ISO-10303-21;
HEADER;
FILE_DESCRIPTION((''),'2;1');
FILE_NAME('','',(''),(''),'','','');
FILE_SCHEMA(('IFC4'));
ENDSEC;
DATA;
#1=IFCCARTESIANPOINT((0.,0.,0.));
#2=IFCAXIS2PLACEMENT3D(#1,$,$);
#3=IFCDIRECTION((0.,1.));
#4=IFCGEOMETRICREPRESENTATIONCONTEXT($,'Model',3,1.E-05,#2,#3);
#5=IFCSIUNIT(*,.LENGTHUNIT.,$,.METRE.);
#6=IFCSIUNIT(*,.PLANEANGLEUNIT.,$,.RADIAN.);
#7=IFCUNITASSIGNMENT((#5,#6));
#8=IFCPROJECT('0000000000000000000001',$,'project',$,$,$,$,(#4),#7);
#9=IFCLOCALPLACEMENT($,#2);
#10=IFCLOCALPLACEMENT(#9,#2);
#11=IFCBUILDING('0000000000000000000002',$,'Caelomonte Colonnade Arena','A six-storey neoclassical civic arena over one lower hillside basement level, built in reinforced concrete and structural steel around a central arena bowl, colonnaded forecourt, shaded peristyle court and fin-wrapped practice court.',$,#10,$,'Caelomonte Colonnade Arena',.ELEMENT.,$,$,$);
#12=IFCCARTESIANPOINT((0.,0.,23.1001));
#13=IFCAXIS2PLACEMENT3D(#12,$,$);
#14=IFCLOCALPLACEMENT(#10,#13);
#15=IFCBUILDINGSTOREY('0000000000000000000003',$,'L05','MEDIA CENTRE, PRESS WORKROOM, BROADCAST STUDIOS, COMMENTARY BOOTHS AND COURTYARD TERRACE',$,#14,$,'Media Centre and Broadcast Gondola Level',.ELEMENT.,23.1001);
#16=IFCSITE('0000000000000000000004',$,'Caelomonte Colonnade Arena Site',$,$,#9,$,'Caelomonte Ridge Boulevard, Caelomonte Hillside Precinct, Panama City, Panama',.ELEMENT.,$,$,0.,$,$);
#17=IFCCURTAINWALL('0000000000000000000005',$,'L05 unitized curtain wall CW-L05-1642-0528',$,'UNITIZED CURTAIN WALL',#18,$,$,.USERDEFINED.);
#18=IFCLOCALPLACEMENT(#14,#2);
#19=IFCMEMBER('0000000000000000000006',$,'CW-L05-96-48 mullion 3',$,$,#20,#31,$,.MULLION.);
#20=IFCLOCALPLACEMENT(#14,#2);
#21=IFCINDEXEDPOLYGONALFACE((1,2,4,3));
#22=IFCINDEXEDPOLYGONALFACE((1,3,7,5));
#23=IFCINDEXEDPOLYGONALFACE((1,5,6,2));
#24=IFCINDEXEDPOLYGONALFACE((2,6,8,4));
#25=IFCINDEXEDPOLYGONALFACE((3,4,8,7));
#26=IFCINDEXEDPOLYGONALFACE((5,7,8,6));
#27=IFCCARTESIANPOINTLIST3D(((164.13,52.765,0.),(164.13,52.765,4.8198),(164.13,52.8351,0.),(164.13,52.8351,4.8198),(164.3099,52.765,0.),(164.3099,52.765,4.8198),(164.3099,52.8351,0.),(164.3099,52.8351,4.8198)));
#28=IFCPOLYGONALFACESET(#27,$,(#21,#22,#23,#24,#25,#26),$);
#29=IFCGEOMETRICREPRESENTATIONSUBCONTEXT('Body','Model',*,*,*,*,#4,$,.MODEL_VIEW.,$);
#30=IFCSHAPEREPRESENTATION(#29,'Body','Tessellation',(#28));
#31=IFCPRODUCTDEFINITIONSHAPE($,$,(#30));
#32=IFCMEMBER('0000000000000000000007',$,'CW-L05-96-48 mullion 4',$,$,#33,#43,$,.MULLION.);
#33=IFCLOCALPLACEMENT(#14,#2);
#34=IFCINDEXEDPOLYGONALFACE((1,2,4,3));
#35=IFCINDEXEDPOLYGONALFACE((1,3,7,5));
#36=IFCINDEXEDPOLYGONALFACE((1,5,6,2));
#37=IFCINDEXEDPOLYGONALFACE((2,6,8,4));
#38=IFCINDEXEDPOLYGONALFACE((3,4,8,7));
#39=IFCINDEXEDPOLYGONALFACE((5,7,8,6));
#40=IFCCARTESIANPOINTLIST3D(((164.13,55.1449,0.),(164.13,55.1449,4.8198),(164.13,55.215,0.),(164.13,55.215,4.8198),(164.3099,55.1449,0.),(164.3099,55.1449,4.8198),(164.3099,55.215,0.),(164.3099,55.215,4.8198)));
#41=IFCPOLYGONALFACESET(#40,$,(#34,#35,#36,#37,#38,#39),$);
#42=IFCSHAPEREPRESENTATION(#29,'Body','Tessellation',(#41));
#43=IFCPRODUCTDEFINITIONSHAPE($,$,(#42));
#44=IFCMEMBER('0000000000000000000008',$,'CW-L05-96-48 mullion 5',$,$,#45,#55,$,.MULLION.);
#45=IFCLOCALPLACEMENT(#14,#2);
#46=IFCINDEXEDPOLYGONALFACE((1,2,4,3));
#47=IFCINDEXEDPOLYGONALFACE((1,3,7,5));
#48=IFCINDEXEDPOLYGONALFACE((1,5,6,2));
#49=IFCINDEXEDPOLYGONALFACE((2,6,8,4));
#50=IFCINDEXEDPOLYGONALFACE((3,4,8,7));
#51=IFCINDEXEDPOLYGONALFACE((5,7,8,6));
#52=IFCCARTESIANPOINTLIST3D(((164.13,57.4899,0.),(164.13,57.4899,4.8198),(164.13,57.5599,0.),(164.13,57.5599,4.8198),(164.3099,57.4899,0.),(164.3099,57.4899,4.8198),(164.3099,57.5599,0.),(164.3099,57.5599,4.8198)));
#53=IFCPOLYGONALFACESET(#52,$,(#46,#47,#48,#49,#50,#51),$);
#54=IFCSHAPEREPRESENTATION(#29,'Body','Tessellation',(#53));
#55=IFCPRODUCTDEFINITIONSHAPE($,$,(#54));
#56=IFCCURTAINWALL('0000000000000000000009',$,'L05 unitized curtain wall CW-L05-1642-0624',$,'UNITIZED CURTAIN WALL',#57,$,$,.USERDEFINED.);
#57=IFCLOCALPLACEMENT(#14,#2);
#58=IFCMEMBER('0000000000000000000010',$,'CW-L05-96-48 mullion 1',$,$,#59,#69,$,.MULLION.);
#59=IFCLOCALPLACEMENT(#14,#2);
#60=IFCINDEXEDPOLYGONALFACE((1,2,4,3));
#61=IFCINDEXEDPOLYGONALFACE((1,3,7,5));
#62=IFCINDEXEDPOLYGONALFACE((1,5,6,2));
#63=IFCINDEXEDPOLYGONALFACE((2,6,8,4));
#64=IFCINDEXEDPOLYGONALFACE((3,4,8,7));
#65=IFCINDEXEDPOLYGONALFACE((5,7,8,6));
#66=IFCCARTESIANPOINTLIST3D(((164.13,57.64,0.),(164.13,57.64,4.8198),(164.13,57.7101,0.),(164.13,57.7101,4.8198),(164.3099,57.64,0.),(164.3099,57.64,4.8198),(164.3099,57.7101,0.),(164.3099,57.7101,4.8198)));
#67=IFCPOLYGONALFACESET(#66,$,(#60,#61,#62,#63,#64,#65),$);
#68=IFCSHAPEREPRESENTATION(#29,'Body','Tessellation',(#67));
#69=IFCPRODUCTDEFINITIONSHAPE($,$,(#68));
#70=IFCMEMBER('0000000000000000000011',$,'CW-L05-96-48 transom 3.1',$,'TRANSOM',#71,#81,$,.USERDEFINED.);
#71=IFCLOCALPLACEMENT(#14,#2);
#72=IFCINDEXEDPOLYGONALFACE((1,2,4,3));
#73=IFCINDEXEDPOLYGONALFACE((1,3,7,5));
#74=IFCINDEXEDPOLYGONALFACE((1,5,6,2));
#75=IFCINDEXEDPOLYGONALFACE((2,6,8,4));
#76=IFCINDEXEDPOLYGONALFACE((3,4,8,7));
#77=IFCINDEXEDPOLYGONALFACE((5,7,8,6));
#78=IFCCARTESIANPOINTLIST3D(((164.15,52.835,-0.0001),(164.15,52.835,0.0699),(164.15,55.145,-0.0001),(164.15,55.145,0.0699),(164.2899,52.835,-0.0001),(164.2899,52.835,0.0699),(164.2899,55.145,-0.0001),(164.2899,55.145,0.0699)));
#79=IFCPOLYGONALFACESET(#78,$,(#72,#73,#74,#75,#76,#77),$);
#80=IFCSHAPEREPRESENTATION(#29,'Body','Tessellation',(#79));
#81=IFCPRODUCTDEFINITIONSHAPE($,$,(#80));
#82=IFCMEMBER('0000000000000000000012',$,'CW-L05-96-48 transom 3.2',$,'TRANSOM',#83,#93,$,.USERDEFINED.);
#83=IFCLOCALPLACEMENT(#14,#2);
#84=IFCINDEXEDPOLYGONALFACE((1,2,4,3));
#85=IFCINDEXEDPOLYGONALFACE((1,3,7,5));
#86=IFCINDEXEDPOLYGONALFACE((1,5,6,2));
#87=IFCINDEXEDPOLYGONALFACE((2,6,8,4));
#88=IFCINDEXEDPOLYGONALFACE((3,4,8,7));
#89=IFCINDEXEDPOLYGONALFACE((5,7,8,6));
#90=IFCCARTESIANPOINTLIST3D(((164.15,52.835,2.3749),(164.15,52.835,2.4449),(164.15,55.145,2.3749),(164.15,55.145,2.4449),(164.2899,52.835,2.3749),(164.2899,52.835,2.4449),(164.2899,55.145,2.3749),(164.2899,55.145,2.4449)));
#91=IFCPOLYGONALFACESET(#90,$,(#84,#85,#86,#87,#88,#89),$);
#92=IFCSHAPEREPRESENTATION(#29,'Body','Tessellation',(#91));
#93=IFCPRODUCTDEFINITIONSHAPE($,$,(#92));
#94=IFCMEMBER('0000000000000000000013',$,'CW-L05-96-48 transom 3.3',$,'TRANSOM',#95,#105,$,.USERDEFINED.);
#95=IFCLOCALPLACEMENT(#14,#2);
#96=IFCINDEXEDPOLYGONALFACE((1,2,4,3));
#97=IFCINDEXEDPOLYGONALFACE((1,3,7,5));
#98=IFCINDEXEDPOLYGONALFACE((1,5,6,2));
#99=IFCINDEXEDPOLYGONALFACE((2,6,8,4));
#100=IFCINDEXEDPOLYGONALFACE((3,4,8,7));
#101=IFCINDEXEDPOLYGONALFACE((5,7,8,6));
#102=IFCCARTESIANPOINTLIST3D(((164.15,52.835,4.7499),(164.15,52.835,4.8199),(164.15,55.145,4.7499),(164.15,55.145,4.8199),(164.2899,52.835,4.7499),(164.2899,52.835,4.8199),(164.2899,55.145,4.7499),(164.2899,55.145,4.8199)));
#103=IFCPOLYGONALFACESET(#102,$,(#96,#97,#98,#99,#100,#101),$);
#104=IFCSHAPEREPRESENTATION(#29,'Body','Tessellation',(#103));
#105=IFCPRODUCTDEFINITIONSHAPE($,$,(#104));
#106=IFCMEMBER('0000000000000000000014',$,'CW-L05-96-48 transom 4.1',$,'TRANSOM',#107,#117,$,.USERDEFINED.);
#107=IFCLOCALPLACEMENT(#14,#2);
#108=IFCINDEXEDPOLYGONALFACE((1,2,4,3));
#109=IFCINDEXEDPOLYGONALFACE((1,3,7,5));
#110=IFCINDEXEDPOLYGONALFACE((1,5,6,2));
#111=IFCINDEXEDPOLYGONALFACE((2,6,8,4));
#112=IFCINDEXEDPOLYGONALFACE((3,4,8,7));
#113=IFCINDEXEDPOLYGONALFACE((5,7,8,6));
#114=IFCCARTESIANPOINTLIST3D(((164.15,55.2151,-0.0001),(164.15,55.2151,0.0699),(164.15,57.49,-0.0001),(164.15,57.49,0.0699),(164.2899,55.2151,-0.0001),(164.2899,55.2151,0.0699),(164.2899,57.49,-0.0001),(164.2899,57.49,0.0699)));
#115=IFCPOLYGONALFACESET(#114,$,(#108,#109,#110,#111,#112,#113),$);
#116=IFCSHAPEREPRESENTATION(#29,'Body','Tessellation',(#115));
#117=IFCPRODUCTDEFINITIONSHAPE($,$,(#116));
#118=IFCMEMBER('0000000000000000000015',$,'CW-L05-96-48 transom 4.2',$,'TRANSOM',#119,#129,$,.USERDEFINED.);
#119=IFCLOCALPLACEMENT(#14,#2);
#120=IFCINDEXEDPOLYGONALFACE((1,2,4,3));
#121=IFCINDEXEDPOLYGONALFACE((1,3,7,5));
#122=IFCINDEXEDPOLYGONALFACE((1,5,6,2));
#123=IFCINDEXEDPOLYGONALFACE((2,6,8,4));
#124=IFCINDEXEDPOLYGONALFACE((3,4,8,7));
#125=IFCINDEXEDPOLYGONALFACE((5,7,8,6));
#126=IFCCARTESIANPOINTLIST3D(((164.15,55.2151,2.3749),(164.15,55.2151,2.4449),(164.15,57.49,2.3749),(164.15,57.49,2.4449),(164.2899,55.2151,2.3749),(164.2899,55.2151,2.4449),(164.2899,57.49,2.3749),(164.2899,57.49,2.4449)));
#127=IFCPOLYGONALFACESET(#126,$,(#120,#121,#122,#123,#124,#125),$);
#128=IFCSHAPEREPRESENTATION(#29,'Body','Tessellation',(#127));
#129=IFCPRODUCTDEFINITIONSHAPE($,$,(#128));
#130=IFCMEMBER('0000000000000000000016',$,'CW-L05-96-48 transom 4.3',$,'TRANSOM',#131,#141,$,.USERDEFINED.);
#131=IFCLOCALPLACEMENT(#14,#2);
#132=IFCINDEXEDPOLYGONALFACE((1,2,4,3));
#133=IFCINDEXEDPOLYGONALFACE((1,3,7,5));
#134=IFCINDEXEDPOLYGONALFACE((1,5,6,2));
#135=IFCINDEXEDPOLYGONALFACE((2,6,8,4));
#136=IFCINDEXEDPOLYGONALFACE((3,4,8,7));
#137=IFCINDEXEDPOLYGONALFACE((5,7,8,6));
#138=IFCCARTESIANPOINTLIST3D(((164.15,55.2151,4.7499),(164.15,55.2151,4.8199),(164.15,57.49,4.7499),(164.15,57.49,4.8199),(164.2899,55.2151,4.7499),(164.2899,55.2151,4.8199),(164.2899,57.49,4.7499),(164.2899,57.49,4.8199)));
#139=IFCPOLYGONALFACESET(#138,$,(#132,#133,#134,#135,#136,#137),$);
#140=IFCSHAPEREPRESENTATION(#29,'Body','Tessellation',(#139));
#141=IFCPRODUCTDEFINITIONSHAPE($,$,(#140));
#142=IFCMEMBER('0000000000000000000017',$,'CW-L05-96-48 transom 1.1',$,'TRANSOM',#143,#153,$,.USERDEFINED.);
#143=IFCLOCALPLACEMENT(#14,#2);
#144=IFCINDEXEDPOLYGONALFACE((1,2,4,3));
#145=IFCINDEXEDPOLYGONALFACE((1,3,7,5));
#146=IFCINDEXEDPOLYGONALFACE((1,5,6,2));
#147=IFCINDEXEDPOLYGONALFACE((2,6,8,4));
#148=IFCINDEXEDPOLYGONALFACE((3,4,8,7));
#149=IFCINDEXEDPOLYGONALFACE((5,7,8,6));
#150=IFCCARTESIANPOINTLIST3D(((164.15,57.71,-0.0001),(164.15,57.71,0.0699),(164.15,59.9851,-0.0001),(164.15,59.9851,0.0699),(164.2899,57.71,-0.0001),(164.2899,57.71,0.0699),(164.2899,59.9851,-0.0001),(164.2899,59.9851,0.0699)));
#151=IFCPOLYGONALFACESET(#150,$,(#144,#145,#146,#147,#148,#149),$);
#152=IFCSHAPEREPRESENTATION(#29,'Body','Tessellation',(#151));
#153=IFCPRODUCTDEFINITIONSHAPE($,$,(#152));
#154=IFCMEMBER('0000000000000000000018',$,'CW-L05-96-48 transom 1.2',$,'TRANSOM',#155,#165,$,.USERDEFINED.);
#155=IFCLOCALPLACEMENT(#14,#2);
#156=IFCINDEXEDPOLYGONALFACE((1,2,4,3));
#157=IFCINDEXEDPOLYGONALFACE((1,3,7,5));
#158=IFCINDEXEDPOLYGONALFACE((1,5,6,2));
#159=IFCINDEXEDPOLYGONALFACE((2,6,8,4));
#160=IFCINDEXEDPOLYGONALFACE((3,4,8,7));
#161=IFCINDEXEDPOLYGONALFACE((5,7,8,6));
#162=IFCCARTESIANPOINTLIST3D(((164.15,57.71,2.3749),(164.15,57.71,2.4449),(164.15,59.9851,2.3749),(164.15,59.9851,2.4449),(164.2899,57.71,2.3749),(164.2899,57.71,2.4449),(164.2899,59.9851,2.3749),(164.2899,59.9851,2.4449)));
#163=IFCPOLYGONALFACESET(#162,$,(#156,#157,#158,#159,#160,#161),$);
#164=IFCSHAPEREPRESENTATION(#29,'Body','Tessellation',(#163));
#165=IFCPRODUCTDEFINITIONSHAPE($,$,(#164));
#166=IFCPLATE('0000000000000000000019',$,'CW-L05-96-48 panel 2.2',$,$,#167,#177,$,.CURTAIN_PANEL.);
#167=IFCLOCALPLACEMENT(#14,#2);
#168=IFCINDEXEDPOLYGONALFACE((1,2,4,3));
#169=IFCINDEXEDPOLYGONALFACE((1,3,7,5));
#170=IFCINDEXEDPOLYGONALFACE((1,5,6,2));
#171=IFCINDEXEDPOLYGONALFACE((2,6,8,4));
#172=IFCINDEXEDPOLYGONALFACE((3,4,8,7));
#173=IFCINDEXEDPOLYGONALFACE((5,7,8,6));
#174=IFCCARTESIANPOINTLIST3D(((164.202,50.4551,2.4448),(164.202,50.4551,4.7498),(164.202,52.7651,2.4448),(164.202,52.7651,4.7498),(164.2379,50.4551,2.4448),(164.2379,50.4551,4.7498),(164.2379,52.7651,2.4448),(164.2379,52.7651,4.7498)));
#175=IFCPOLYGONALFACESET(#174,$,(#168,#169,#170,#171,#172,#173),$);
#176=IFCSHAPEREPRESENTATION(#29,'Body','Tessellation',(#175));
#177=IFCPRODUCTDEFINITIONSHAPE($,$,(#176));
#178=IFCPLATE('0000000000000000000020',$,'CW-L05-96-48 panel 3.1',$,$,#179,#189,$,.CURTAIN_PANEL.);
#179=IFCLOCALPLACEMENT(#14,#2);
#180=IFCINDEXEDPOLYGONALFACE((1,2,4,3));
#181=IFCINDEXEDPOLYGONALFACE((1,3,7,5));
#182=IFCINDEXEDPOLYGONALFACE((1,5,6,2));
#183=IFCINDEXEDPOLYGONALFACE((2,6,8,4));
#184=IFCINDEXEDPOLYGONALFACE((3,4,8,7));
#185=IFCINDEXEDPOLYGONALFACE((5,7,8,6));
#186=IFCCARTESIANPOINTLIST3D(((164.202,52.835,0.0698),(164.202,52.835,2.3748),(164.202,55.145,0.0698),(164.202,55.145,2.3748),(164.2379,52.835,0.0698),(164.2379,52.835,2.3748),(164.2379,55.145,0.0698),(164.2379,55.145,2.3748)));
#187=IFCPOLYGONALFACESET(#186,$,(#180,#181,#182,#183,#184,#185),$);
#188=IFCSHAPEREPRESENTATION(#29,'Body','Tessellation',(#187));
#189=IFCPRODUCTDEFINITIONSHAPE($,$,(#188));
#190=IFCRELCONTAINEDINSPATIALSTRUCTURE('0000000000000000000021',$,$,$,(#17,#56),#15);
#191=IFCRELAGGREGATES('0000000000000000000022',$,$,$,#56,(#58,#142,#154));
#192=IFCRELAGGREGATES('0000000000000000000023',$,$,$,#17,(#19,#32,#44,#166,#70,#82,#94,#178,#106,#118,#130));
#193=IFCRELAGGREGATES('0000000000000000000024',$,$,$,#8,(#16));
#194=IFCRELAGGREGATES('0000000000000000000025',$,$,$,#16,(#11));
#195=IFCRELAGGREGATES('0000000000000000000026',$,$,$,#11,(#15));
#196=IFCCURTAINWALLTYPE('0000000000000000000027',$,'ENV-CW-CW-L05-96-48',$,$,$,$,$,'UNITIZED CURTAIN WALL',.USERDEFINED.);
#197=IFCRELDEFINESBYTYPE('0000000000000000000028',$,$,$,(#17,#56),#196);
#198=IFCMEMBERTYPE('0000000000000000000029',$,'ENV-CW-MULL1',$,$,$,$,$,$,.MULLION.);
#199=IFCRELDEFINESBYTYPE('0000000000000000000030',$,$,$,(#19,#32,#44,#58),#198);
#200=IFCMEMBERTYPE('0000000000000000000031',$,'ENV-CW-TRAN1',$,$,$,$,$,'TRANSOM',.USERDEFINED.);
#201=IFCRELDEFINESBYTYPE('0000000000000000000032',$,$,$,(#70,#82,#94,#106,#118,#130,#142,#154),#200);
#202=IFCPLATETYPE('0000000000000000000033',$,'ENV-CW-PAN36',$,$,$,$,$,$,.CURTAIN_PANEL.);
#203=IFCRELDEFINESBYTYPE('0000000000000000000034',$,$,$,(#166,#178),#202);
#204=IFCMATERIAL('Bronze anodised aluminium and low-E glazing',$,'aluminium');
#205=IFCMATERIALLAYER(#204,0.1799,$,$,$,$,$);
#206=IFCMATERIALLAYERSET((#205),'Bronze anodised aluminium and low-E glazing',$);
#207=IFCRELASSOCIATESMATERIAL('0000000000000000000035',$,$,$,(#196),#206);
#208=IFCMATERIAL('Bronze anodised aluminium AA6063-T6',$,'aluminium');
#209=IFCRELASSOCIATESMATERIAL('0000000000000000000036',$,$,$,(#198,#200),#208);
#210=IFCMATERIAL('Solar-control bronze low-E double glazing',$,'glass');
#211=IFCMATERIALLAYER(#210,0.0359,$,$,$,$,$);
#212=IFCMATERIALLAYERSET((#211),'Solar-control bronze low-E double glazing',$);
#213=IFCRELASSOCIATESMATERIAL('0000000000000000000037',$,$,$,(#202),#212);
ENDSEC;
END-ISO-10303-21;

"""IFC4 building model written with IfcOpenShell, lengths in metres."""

from ifc_helpers import new_model, si_unit, direction, frame, origin, origin_2d, place, context, subcontext, project, spatial, rectangle, extrude, material, layer, layer_set, material_profile, profile_set, type_object, element, aggregate, save


model = new_model("IFC4")

# Units and contexts
model_context = context("Model", 3, precision=1e-05, world=origin(), true_north=direction((0.0, 1.0)))
body_context = subcontext(model_context, "Body", "Model", "MODEL_VIEW")
ifc_project = project(units=[si_unit("LENGTHUNIT", "METRE"), si_unit("PLANEANGLEUNIT", "RADIAN")], contexts=[model_context])

# Site, building, storey
site_placement = place(None, origin())
site = spatial("IfcSite", under=ifc_project, at=site_placement, Name="Caelomonte Colonnade Arena Site", LongName="Caelomonte Ridge Boulevard, Caelomonte Hillside Precinct, Panama City, Panama", CompositionType="ELEMENT", RefElevation=0.0)
building_placement = place(site_placement, origin())
building = spatial("IfcBuilding", under=site, at=building_placement, Name="Caelomonte Colonnade Arena", Description="A six-storey neoclassical civic arena over one lower hillside basement level, built in reinforced concrete and structural steel around a central arena bowl, colonnaded forecourt, shaded peristyle court and fin-wrapped practice court.", LongName="Caelomonte Colonnade Arena", CompositionType="ELEMENT")
storey_placement = place(building_placement, frame((0.0, 0.0, 23.1001)))
storey = spatial("IfcBuildingStorey", under=building, at=storey_placement, Name="L05", Description="MEDIA CENTRE, PRESS WORKROOM, BROADCAST STUDIOS, COMMENTARY BOOTHS AND COURTYARD TERRACE", LongName="Media Centre and Broadcast Gondola Level", CompositionType="ELEMENT", Elevation=23.1001)

# Curtain wall, members
ifc_material_1 = material(Name="Bronze anodised aluminium and low-E glazing", Category="aluminium")
ifc_layer_1 = layer(ifc_material_1, 0.1799)
ifc_layer_set_1 = layer_set([ifc_layer_1], Name="Bronze anodised aluminium and low-E glazing")
curtain_wall_type = type_object("IfcCurtainWallType", Name="ENV-CW-CW-L05-96-48", ElementType="UNITIZED CURTAIN WALL", PredefinedType="USERDEFINED", material=ifc_layer_set_1)
curtain_wall_1_placement = place(storey_placement, origin())
curtain_wall_1 = element("IfcCurtainWall", 1, at=curtain_wall_1_placement, inside=storey, type_object=curtain_wall_type, Name="L05 unitized curtain wall CW-L05-1642-0528", ObjectType="UNITIZED CURTAIN WALL", PredefinedType="USERDEFINED")
ifc_material_2 = material(Name="Bronze anodised aluminium AA6063-T6", Category="aluminium")
ifc_material_profile_1 = material_profile(ifc_material_2, rectangle(XDim=0.0701, YDim=0.1799, at=origin_2d()), Name="CWM-70X180")
ifc_profile_set_1 = profile_set([ifc_material_profile_1], Name="Bronze anodised aluminium AA6063-T6")
member_type_1 = type_object("IfcMemberType", Name="ENV-CW-MULL1", PredefinedType="MULLION", material=ifc_profile_set_1)
member_1_placement = place(storey_placement, frame((164.22, 52.8, 0.0), z_axis=(0.0, 0.0, 1.0), x_axis=(0.0, 1.0, 0.0)))
member_1 = element("IfcMember", 2, at=member_1_placement, type_object=member_type_1, Name="CW-L05-96-48 mullion 3", PredefinedType="MULLION", context=body_context, shape_type="SweptSolid", body=[
    extrude(rectangle(XDim=0.0701, YDim=0.1799, at=origin_2d()), origin(), (0.0, 0.0, 1.0), 4.8198),
])
member_2_placement = place(storey_placement, frame((164.22, 55.1799, 0.0), z_axis=(0.0, 0.0, 1.0), x_axis=(0.0, 1.0, 0.0)))
member_2 = element("IfcMember", 3, at=member_2_placement, type_object=member_type_1, Name="CW-L05-96-48 mullion 4", PredefinedType="MULLION", context=body_context, shape_type="SweptSolid", body=[
    extrude(rectangle(XDim=0.0701, YDim=0.1799, at=origin_2d()), origin(), (0.0, 0.0, 1.0), 4.8198),
])
member_3_placement = place(storey_placement, frame((164.22, 57.5249, 0.0), z_axis=(0.0, 0.0, 1.0), x_axis=(0.0, 1.0, 0.0)))
member_3 = element("IfcMember", 4, at=member_3_placement, type_object=member_type_1, Name="CW-L05-96-48 mullion 5", PredefinedType="MULLION", context=body_context, shape_type="SweptSolid", body=[
    extrude(rectangle(XDim=0.0701, YDim=0.1799, at=origin_2d()), origin(), (0.0, 0.0, 1.0), 4.8198),
])

# Curtain wall, member
curtain_wall_2_placement = place(storey_placement, origin())
curtain_wall_2 = element("IfcCurtainWall", 5, at=curtain_wall_2_placement, inside=storey, type_object=curtain_wall_type, Name="L05 unitized curtain wall CW-L05-1642-0624", ObjectType="UNITIZED CURTAIN WALL", PredefinedType="USERDEFINED")
member_4_placement = place(storey_placement, frame((164.22, 57.675, 0.0), z_axis=(0.0, 0.0, 1.0), x_axis=(0.0, 1.0, 0.0)))
member_4 = element("IfcMember", 6, at=member_4_placement, type_object=member_type_1, Name="CW-L05-96-48 mullion 1", PredefinedType="MULLION", context=body_context, shape_type="SweptSolid", body=[
    extrude(rectangle(XDim=0.0701, YDim=0.1799, at=origin_2d()), origin(), (0.0, 0.0, 1.0), 4.8198),
])

# Members
ifc_material_profile_2 = material_profile(ifc_material_2, rectangle(XDim=0.0701, YDim=0.1399, at=origin_2d()), Name="CWT-70X140")
ifc_profile_set_2 = profile_set([ifc_material_profile_2], Name="Bronze anodised aluminium AA6063-T6")
member_type_2 = type_object("IfcMemberType", Name="ENV-CW-TRAN1", ElementType="TRANSOM", PredefinedType="USERDEFINED", material=ifc_profile_set_2)
member_5_placement = place(storey_placement, frame((164.22, 52.835, 0.0349), z_axis=(0.0, 1.0, 0.0), x_axis=(0.0, 0.0, 1.0)))
member_5 = element("IfcMember", 7, at=member_5_placement, type_object=member_type_2, Name="CW-L05-96-48 transom 3.1", ObjectType="TRANSOM", PredefinedType="USERDEFINED", context=body_context, shape_type="SweptSolid", body=[
    extrude(rectangle(XDim=0.0701, YDim=0.1399, at=origin_2d()), origin(), (0.0, 0.0, 1.0), 2.3101),
])
member_6_placement = place(storey_placement, frame((164.22, 52.835, 2.4099), z_axis=(0.0, 1.0, 0.0), x_axis=(0.0, 0.0, 1.0)))
member_6 = element("IfcMember", 8, at=member_6_placement, type_object=member_type_2, Name="CW-L05-96-48 transom 3.2", ObjectType="TRANSOM", PredefinedType="USERDEFINED", context=body_context, shape_type="SweptSolid", body=[
    extrude(rectangle(XDim=0.0701, YDim=0.1399, at=origin_2d()), origin(), (0.0, 0.0, 1.0), 2.3101),
])
member_7_placement = place(storey_placement, frame((164.22, 52.835, 4.7849), z_axis=(0.0, 1.0, 0.0), x_axis=(0.0, 0.0, 1.0)))
member_7 = element("IfcMember", 9, at=member_7_placement, type_object=member_type_2, Name="CW-L05-96-48 transom 3.3", ObjectType="TRANSOM", PredefinedType="USERDEFINED", context=body_context, shape_type="SweptSolid", body=[
    extrude(rectangle(XDim=0.0701, YDim=0.1399, at=origin_2d()), origin(), (0.0, 0.0, 1.0), 2.3101),
])
member_8_placement = place(storey_placement, frame((164.22, 55.2151, 0.0349), z_axis=(0.0, 1.0, 0.0), x_axis=(0.0, 0.0, 1.0)))
member_8 = element("IfcMember", 10, at=member_8_placement, type_object=member_type_2, Name="CW-L05-96-48 transom 4.1", ObjectType="TRANSOM", PredefinedType="USERDEFINED", context=body_context, shape_type="SweptSolid", body=[
    extrude(rectangle(XDim=0.0701, YDim=0.1399, at=origin_2d()), origin(), (0.0, 0.0, 1.0), 2.2749),
])
member_9_placement = place(storey_placement, frame((164.22, 55.2151, 2.4099), z_axis=(0.0, 1.0, 0.0), x_axis=(0.0, 0.0, 1.0)))
member_9 = element("IfcMember", 11, at=member_9_placement, type_object=member_type_2, Name="CW-L05-96-48 transom 4.2", ObjectType="TRANSOM", PredefinedType="USERDEFINED", context=body_context, shape_type="SweptSolid", body=[
    extrude(rectangle(XDim=0.0701, YDim=0.1399, at=origin_2d()), origin(), (0.0, 0.0, 1.0), 2.2749),
])
member_10_placement = place(storey_placement, frame((164.22, 55.2151, 4.7849), z_axis=(0.0, 1.0, 0.0), x_axis=(0.0, 0.0, 1.0)))
member_10 = element("IfcMember", 12, at=member_10_placement, type_object=member_type_2, Name="CW-L05-96-48 transom 4.3", ObjectType="TRANSOM", PredefinedType="USERDEFINED", context=body_context, shape_type="SweptSolid", body=[
    extrude(rectangle(XDim=0.0701, YDim=0.1399, at=origin_2d()), origin(), (0.0, 0.0, 1.0), 2.2749),
])
member_11_placement = place(storey_placement, frame((164.22, 57.71, 0.0349), z_axis=(0.0, 1.0, 0.0), x_axis=(0.0, 0.0, 1.0)))
member_11 = element("IfcMember", 13, at=member_11_placement, type_object=member_type_2, Name="CW-L05-96-48 transom 1.1", ObjectType="TRANSOM", PredefinedType="USERDEFINED", context=body_context, shape_type="SweptSolid", body=[
    extrude(rectangle(XDim=0.0701, YDim=0.1399, at=origin_2d()), origin(), (0.0, 0.0, 1.0), 2.2751),
])
member_12_placement = place(storey_placement, frame((164.22, 57.71, 2.4099), z_axis=(0.0, 1.0, 0.0), x_axis=(0.0, 0.0, 1.0)))
member_12 = element("IfcMember", 14, at=member_12_placement, type_object=member_type_2, Name="CW-L05-96-48 transom 1.2", ObjectType="TRANSOM", PredefinedType="USERDEFINED", context=body_context, shape_type="SweptSolid", body=[
    extrude(rectangle(XDim=0.0701, YDim=0.1399, at=origin_2d()), origin(), (0.0, 0.0, 1.0), 2.2751),
])
aggregate(curtain_wall_2, [member_4, member_11, member_12])

# Plates
ifc_material_3 = material(Name="Solar-control bronze low-E double glazing", Category="glass")
ifc_layer_2 = layer(ifc_material_3, 0.0359)
ifc_layer_set_2 = layer_set([ifc_layer_2], Name="Solar-control bronze low-E double glazing")
plate_type = type_object("IfcPlateType", Name="ENV-CW-PAN36", PredefinedType="CURTAIN_PANEL", material=ifc_layer_set_2)
plate_1_placement = place(storey_placement, frame((164.22, 51.6101, 2.4448), z_axis=(0.0, 0.0, 1.0), x_axis=(0.0, 1.0, 0.0)))
plate_1 = element("IfcPlate", 15, at=plate_1_placement, type_object=plate_type, Name="CW-L05-96-48 panel 2.2", PredefinedType="CURTAIN_PANEL", context=body_context, shape_type="SweptSolid", body=[
    extrude(rectangle(XDim=2.3101, YDim=0.0359, at=origin_2d()), origin(), (0.0, 0.0, 1.0), 2.3049),
])
plate_2_placement = place(storey_placement, frame((164.22, 53.99, 0.0698), z_axis=(0.0, 0.0, 1.0), x_axis=(0.0, 1.0, 0.0)))
plate_2 = element("IfcPlate", 16, at=plate_2_placement, type_object=plate_type, Name="CW-L05-96-48 panel 3.1", PredefinedType="CURTAIN_PANEL", context=body_context, shape_type="SweptSolid", body=[
    extrude(rectangle(XDim=2.3101, YDim=0.0359, at=origin_2d()), origin(), (0.0, 0.0, 1.0), 2.3049),
])
aggregate(curtain_wall_1, [member_1, member_2, member_3, plate_1, member_5, member_6, member_7, plate_2, member_8, member_9, member_10])

save(model, "model.ifc")
